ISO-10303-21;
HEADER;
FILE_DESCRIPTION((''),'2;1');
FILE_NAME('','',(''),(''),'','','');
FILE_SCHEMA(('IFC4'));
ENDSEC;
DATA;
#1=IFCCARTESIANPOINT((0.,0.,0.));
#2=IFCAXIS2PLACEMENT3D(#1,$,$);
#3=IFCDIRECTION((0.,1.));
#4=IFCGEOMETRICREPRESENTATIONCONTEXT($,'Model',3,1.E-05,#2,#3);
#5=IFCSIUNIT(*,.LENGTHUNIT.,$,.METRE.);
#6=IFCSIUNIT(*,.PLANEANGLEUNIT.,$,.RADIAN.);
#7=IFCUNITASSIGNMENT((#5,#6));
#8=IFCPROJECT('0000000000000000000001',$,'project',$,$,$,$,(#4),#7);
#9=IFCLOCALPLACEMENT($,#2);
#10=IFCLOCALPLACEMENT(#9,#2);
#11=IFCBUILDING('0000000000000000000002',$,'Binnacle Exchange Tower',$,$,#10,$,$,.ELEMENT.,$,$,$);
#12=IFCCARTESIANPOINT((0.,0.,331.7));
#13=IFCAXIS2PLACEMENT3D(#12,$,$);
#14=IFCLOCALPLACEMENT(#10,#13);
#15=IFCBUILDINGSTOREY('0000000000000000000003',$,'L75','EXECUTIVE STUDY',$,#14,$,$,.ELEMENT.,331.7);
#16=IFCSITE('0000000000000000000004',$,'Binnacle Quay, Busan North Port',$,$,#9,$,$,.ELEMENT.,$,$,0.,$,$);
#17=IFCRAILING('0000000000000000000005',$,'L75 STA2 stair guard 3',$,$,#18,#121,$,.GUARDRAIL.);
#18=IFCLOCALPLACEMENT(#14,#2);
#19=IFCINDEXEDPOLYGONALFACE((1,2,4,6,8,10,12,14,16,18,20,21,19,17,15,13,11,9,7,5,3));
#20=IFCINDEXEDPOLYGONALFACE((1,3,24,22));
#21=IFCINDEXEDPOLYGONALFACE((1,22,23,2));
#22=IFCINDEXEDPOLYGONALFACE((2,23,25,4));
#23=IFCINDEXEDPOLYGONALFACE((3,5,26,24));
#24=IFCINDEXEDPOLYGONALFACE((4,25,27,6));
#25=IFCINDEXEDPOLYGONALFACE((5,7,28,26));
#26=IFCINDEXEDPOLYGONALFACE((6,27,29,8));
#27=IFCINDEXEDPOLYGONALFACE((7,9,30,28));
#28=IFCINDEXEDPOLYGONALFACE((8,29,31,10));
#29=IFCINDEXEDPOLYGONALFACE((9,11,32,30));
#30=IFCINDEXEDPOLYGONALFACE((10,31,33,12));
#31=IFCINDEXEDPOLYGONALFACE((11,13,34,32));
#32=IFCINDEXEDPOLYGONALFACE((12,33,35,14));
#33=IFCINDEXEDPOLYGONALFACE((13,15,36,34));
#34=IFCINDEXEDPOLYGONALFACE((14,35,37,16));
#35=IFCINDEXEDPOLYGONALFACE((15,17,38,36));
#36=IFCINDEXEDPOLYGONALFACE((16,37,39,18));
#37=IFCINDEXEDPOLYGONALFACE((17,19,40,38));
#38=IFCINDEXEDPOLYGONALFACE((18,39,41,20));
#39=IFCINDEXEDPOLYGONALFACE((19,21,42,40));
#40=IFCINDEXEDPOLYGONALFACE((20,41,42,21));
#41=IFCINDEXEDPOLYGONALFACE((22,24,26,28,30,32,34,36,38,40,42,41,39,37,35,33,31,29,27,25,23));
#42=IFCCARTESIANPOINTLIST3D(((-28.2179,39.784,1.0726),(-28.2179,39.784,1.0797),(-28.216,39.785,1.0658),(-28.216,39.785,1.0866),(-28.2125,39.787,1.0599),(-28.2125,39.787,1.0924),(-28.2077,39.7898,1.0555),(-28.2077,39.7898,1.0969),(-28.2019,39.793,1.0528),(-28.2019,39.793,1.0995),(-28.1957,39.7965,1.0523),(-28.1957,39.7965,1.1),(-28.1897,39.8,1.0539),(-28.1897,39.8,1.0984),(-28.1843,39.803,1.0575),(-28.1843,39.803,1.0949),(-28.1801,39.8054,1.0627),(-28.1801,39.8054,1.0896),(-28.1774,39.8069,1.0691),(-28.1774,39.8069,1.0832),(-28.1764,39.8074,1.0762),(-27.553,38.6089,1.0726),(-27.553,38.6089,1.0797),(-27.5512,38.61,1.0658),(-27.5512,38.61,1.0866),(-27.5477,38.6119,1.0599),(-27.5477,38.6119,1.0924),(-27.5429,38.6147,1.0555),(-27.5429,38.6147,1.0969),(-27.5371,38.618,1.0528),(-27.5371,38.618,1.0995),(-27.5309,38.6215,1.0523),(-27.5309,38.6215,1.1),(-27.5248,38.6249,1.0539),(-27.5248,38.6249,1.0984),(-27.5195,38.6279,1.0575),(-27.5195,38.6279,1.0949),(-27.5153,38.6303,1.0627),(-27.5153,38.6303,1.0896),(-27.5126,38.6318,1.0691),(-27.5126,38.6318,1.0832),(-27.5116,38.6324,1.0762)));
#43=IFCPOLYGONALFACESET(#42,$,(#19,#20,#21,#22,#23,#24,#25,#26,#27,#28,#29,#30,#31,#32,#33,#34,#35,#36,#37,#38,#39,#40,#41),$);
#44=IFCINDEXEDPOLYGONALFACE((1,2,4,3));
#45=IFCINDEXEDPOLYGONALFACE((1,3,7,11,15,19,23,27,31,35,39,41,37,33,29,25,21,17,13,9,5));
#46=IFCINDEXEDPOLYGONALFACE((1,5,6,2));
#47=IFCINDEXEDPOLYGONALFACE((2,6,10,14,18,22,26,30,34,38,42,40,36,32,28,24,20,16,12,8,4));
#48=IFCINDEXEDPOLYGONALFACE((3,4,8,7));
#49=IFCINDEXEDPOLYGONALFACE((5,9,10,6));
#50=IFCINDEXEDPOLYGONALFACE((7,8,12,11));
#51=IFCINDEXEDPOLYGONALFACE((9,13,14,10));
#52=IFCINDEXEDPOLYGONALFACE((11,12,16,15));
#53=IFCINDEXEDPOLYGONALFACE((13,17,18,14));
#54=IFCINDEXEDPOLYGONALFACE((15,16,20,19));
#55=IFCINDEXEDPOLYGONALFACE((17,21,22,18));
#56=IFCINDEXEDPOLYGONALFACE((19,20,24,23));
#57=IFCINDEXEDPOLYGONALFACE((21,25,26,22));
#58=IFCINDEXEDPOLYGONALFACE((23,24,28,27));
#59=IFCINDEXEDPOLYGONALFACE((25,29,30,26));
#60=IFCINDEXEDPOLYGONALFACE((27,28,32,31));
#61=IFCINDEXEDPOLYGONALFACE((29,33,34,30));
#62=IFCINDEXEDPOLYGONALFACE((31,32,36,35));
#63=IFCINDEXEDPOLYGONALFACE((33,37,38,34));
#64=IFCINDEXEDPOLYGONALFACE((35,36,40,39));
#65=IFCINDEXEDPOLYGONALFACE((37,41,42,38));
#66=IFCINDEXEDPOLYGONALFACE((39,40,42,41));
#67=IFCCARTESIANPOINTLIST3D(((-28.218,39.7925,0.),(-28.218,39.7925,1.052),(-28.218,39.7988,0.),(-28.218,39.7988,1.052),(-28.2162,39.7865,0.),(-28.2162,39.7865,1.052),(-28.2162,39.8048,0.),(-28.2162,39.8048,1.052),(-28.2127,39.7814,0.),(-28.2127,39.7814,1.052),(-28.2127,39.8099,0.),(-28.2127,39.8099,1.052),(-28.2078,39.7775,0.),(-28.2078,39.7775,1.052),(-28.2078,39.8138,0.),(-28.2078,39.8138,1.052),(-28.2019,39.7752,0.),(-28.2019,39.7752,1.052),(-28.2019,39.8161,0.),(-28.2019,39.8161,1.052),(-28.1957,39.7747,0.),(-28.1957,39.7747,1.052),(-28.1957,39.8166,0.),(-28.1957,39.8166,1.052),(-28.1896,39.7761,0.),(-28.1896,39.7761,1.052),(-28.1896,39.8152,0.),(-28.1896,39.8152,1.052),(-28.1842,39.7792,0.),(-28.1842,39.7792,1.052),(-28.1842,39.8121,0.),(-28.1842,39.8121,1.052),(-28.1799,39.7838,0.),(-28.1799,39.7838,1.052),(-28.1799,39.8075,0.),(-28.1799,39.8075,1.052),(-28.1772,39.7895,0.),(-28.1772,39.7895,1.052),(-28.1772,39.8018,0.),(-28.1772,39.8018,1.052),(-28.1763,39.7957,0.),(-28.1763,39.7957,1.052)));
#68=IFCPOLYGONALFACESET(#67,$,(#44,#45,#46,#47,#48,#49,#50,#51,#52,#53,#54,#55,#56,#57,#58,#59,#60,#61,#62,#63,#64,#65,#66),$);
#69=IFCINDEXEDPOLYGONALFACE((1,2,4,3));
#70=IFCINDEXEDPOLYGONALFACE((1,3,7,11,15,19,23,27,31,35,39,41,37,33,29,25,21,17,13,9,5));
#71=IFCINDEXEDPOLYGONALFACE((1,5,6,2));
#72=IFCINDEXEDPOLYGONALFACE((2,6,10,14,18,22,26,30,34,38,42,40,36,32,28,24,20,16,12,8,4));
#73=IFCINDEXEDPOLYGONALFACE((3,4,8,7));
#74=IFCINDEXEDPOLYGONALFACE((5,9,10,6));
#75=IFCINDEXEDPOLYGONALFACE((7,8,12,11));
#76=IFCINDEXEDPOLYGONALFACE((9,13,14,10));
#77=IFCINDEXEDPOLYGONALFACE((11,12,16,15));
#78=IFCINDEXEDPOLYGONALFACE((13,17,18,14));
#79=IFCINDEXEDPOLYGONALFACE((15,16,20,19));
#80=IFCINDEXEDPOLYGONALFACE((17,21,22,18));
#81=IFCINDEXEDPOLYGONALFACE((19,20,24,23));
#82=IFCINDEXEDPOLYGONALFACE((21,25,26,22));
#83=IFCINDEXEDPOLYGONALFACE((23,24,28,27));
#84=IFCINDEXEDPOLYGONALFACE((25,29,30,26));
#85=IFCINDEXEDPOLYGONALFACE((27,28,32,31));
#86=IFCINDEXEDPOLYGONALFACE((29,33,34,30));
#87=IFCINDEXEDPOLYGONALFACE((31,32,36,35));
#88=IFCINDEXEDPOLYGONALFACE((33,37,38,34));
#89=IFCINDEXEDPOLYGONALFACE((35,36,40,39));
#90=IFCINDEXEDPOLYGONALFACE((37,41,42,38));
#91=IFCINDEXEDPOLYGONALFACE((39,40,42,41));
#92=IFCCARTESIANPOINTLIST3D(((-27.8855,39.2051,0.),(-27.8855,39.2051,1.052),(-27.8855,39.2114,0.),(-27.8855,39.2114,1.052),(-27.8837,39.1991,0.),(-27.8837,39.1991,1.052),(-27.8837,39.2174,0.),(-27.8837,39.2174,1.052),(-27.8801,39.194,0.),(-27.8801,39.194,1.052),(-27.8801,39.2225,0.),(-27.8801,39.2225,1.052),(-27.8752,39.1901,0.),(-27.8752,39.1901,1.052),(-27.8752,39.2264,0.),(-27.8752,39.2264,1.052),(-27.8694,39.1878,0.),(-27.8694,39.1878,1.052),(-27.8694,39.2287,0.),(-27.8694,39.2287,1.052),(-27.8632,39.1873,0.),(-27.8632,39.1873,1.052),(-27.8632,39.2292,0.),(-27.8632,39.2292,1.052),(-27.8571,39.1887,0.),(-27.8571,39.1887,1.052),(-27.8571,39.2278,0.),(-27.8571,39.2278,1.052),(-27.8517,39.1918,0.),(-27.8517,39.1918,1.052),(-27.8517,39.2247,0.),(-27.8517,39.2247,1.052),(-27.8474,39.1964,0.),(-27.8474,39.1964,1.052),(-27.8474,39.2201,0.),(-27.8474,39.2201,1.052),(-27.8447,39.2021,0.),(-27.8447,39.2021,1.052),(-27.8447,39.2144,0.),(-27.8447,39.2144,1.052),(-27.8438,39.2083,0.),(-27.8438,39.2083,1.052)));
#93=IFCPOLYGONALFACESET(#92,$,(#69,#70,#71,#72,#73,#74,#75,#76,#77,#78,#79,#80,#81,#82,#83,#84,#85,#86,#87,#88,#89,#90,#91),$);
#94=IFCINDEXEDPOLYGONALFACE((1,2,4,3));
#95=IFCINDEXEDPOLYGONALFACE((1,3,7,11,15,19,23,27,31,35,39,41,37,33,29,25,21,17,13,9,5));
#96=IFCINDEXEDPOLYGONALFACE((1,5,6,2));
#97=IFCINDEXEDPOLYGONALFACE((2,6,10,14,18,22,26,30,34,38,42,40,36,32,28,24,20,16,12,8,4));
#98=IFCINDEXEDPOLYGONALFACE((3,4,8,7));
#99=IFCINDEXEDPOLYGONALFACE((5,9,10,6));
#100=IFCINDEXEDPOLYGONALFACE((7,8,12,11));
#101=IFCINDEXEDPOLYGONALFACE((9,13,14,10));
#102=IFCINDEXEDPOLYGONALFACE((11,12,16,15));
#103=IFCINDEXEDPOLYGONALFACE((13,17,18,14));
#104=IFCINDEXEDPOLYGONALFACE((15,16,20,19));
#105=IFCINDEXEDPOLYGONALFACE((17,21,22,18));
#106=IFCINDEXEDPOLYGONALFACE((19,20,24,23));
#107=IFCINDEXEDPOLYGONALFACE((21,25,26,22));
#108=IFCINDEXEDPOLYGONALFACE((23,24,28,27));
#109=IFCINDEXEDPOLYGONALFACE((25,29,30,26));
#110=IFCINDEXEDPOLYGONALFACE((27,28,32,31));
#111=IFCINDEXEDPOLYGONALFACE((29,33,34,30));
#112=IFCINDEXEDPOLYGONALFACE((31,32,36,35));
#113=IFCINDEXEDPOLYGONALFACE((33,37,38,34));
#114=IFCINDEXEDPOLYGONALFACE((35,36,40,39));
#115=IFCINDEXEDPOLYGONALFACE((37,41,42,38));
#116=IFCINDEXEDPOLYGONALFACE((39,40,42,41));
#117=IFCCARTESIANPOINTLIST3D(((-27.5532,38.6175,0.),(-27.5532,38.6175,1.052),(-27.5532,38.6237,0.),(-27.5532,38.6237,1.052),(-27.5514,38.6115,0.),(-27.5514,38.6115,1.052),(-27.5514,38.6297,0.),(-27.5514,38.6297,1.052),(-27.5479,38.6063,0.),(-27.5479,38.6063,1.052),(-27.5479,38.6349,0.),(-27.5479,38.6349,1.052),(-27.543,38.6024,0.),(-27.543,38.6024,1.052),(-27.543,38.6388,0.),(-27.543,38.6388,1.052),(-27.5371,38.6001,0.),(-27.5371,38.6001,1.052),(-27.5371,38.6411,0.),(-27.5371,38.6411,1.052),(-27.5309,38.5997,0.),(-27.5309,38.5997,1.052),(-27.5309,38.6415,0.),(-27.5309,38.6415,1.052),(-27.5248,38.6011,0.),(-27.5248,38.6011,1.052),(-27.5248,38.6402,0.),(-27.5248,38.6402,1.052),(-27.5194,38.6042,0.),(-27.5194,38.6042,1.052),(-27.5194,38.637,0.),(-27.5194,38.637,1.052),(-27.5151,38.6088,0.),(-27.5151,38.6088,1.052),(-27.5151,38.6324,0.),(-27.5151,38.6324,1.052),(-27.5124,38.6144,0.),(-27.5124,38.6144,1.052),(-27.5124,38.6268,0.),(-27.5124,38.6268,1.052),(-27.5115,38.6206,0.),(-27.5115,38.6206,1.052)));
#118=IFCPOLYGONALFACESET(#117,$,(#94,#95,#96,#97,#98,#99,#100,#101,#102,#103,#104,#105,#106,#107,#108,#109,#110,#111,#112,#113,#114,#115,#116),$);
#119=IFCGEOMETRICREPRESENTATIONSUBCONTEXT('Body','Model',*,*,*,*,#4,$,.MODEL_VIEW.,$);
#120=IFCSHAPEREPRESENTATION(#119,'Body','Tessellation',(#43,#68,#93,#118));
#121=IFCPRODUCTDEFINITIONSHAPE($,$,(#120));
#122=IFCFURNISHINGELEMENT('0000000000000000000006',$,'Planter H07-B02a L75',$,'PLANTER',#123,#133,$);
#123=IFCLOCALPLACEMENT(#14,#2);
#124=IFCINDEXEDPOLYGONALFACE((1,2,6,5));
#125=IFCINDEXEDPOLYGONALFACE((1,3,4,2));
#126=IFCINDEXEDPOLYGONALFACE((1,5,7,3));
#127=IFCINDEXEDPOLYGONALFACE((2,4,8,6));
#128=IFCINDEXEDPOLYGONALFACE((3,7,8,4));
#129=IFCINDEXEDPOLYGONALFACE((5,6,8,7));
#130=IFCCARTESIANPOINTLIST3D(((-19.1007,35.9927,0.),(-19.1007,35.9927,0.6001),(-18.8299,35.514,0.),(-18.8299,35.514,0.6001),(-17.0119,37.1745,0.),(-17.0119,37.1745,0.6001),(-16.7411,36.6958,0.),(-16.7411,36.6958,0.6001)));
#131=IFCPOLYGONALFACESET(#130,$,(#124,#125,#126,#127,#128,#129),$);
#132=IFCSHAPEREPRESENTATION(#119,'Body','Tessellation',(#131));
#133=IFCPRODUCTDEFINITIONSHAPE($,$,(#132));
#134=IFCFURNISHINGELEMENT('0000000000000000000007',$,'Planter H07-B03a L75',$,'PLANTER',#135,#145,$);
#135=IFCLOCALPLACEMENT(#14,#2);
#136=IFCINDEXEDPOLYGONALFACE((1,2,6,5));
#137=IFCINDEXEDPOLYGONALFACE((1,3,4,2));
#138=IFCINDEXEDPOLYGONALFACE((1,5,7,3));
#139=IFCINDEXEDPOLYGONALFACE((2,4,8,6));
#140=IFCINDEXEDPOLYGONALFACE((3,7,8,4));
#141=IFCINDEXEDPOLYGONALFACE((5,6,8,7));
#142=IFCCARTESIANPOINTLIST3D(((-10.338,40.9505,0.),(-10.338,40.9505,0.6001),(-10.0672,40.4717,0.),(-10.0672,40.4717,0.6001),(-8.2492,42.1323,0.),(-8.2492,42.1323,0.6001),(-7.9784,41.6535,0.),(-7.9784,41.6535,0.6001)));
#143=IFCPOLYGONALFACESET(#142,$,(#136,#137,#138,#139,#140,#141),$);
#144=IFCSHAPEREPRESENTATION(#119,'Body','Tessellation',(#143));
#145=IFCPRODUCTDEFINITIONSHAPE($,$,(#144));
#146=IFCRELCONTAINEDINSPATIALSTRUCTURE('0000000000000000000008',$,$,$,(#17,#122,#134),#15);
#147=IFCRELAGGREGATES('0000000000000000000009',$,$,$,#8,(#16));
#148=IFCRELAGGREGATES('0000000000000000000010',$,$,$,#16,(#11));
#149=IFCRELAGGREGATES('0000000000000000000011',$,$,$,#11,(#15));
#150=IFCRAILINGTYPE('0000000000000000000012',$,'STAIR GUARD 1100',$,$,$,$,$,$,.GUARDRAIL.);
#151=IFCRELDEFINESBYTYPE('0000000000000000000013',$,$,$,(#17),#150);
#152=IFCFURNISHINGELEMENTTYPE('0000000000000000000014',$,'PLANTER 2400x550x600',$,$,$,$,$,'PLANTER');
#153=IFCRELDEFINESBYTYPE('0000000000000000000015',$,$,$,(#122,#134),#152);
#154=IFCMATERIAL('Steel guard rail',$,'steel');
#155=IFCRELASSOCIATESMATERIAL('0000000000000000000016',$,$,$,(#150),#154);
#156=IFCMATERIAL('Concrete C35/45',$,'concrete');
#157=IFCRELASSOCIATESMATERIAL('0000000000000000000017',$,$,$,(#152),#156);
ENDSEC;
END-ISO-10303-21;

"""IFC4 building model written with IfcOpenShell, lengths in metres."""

from ifc_helpers import new_model, si_unit, direction, frame, origin, origin_2d, place, context, subcontext, project, spatial, rectangle, circle, extrude, material, type_object, element, save


model = new_model("IFC4")

# Units and contexts
model_context = context("Model", 3, precision=1e-05, world=origin(), true_north=direction((0.0, 1.0)))
body_context = subcontext(model_context, "Body", "Model", "MODEL_VIEW")
ifc_project = project(units=[si_unit("LENGTHUNIT", "METRE"), si_unit("PLANEANGLEUNIT", "RADIAN")], contexts=[model_context])

# Site, building, storey
site_placement = place(None, origin())
site = spatial("IfcSite", under=ifc_project, at=site_placement, Name="Binnacle Quay, Busan North Port", CompositionType="ELEMENT", RefElevation=0.0)
building_placement = place(site_placement, origin())
building = spatial("IfcBuilding", under=site, at=building_placement, Name="Binnacle Exchange Tower", CompositionType="ELEMENT")
storey_placement = place(building_placement, frame((0.0, 0.0, 331.7)))
storey = spatial("IfcBuildingStorey", under=building, at=storey_placement, Name="L75", Description="EXECUTIVE STUDY", CompositionType="ELEMENT", Elevation=331.7)

# Shared definitions
ifc_material_1 = material(Name="Concrete C35/45", Category="concrete")

# Railing
ifc_material_2 = material(Name="Steel guard rail", Category="steel")
railing_type_1 = type_object("IfcRailingType", Name="STAIR GUARD 1100", PredefinedType="GUARDRAIL", material=ifc_material_2)
railing_1_placement = place(storey_placement, frame((-28.1973, 39.7957, 0.0)))
element("IfcRailing", 1, at=railing_1_placement, inside=storey, type_object=railing_type_1, Name="L75 STA2 stair guard 3", PredefinedType="GUARDRAIL", context=body_context, shape_type="SweptSolid", body=[
    extrude(circle(Radius=0.0239, at=origin_2d()), frame((0.0, 0.0, 1.0762), z_axis=(0.492415, -0.870361, 0.0), x_axis=(0.870361, 0.492415, 0.0)), (0.0, 0.0, 1.0), 1.3501),
    extrude(circle(Radius=0.021, at=origin_2d()), origin(), (0.0, 0.0, 1.0), 1.052),
    extrude(circle(Radius=0.021, at=origin_2d()), frame((0.3325, -0.5874, 0.0)), (0.0, 0.0, 1.0), 1.052),
    extrude(circle(Radius=0.021, at=origin_2d()), frame((0.6648, -1.175, 0.0)), (0.0, 0.0, 1.0), 1.052),
])

# Furnishing elements
furnishing_element_type = type_object("IfcFurnishingElementType", Name="PLANTER 2400x550x600", ElementType="PLANTER", material=ifc_material_1)
for number, where, z_axis, x_axis, name in (
    (2, (-17.9209, 36.3442, 0.0), (0.0, 0.0, 1.0), (0.870356, 0.492424, 0.0), "Planter H07-B02a L75"),
    (3, (-9.1582, 41.302, 0.0), (0.0, 0.0, 1.0), (0.870356, 0.492424, 0.0), "Planter H07-B03a L75"),
):
    element("IfcFurnishingElement", number, at=place(storey_placement, frame(where, z_axis=z_axis, x_axis=x_axis)), inside=storey, type_object=furnishing_element_type, Name=name, ObjectType="PLANTER", context=body_context, shape_type="SweptSolid", body=[
        extrude(rectangle(XDim=2.3999, YDim=0.55, at=origin_2d()), origin(), (0.0, 0.0, 1.0), 0.6001),
    ])

save(model, "model.ifc")
